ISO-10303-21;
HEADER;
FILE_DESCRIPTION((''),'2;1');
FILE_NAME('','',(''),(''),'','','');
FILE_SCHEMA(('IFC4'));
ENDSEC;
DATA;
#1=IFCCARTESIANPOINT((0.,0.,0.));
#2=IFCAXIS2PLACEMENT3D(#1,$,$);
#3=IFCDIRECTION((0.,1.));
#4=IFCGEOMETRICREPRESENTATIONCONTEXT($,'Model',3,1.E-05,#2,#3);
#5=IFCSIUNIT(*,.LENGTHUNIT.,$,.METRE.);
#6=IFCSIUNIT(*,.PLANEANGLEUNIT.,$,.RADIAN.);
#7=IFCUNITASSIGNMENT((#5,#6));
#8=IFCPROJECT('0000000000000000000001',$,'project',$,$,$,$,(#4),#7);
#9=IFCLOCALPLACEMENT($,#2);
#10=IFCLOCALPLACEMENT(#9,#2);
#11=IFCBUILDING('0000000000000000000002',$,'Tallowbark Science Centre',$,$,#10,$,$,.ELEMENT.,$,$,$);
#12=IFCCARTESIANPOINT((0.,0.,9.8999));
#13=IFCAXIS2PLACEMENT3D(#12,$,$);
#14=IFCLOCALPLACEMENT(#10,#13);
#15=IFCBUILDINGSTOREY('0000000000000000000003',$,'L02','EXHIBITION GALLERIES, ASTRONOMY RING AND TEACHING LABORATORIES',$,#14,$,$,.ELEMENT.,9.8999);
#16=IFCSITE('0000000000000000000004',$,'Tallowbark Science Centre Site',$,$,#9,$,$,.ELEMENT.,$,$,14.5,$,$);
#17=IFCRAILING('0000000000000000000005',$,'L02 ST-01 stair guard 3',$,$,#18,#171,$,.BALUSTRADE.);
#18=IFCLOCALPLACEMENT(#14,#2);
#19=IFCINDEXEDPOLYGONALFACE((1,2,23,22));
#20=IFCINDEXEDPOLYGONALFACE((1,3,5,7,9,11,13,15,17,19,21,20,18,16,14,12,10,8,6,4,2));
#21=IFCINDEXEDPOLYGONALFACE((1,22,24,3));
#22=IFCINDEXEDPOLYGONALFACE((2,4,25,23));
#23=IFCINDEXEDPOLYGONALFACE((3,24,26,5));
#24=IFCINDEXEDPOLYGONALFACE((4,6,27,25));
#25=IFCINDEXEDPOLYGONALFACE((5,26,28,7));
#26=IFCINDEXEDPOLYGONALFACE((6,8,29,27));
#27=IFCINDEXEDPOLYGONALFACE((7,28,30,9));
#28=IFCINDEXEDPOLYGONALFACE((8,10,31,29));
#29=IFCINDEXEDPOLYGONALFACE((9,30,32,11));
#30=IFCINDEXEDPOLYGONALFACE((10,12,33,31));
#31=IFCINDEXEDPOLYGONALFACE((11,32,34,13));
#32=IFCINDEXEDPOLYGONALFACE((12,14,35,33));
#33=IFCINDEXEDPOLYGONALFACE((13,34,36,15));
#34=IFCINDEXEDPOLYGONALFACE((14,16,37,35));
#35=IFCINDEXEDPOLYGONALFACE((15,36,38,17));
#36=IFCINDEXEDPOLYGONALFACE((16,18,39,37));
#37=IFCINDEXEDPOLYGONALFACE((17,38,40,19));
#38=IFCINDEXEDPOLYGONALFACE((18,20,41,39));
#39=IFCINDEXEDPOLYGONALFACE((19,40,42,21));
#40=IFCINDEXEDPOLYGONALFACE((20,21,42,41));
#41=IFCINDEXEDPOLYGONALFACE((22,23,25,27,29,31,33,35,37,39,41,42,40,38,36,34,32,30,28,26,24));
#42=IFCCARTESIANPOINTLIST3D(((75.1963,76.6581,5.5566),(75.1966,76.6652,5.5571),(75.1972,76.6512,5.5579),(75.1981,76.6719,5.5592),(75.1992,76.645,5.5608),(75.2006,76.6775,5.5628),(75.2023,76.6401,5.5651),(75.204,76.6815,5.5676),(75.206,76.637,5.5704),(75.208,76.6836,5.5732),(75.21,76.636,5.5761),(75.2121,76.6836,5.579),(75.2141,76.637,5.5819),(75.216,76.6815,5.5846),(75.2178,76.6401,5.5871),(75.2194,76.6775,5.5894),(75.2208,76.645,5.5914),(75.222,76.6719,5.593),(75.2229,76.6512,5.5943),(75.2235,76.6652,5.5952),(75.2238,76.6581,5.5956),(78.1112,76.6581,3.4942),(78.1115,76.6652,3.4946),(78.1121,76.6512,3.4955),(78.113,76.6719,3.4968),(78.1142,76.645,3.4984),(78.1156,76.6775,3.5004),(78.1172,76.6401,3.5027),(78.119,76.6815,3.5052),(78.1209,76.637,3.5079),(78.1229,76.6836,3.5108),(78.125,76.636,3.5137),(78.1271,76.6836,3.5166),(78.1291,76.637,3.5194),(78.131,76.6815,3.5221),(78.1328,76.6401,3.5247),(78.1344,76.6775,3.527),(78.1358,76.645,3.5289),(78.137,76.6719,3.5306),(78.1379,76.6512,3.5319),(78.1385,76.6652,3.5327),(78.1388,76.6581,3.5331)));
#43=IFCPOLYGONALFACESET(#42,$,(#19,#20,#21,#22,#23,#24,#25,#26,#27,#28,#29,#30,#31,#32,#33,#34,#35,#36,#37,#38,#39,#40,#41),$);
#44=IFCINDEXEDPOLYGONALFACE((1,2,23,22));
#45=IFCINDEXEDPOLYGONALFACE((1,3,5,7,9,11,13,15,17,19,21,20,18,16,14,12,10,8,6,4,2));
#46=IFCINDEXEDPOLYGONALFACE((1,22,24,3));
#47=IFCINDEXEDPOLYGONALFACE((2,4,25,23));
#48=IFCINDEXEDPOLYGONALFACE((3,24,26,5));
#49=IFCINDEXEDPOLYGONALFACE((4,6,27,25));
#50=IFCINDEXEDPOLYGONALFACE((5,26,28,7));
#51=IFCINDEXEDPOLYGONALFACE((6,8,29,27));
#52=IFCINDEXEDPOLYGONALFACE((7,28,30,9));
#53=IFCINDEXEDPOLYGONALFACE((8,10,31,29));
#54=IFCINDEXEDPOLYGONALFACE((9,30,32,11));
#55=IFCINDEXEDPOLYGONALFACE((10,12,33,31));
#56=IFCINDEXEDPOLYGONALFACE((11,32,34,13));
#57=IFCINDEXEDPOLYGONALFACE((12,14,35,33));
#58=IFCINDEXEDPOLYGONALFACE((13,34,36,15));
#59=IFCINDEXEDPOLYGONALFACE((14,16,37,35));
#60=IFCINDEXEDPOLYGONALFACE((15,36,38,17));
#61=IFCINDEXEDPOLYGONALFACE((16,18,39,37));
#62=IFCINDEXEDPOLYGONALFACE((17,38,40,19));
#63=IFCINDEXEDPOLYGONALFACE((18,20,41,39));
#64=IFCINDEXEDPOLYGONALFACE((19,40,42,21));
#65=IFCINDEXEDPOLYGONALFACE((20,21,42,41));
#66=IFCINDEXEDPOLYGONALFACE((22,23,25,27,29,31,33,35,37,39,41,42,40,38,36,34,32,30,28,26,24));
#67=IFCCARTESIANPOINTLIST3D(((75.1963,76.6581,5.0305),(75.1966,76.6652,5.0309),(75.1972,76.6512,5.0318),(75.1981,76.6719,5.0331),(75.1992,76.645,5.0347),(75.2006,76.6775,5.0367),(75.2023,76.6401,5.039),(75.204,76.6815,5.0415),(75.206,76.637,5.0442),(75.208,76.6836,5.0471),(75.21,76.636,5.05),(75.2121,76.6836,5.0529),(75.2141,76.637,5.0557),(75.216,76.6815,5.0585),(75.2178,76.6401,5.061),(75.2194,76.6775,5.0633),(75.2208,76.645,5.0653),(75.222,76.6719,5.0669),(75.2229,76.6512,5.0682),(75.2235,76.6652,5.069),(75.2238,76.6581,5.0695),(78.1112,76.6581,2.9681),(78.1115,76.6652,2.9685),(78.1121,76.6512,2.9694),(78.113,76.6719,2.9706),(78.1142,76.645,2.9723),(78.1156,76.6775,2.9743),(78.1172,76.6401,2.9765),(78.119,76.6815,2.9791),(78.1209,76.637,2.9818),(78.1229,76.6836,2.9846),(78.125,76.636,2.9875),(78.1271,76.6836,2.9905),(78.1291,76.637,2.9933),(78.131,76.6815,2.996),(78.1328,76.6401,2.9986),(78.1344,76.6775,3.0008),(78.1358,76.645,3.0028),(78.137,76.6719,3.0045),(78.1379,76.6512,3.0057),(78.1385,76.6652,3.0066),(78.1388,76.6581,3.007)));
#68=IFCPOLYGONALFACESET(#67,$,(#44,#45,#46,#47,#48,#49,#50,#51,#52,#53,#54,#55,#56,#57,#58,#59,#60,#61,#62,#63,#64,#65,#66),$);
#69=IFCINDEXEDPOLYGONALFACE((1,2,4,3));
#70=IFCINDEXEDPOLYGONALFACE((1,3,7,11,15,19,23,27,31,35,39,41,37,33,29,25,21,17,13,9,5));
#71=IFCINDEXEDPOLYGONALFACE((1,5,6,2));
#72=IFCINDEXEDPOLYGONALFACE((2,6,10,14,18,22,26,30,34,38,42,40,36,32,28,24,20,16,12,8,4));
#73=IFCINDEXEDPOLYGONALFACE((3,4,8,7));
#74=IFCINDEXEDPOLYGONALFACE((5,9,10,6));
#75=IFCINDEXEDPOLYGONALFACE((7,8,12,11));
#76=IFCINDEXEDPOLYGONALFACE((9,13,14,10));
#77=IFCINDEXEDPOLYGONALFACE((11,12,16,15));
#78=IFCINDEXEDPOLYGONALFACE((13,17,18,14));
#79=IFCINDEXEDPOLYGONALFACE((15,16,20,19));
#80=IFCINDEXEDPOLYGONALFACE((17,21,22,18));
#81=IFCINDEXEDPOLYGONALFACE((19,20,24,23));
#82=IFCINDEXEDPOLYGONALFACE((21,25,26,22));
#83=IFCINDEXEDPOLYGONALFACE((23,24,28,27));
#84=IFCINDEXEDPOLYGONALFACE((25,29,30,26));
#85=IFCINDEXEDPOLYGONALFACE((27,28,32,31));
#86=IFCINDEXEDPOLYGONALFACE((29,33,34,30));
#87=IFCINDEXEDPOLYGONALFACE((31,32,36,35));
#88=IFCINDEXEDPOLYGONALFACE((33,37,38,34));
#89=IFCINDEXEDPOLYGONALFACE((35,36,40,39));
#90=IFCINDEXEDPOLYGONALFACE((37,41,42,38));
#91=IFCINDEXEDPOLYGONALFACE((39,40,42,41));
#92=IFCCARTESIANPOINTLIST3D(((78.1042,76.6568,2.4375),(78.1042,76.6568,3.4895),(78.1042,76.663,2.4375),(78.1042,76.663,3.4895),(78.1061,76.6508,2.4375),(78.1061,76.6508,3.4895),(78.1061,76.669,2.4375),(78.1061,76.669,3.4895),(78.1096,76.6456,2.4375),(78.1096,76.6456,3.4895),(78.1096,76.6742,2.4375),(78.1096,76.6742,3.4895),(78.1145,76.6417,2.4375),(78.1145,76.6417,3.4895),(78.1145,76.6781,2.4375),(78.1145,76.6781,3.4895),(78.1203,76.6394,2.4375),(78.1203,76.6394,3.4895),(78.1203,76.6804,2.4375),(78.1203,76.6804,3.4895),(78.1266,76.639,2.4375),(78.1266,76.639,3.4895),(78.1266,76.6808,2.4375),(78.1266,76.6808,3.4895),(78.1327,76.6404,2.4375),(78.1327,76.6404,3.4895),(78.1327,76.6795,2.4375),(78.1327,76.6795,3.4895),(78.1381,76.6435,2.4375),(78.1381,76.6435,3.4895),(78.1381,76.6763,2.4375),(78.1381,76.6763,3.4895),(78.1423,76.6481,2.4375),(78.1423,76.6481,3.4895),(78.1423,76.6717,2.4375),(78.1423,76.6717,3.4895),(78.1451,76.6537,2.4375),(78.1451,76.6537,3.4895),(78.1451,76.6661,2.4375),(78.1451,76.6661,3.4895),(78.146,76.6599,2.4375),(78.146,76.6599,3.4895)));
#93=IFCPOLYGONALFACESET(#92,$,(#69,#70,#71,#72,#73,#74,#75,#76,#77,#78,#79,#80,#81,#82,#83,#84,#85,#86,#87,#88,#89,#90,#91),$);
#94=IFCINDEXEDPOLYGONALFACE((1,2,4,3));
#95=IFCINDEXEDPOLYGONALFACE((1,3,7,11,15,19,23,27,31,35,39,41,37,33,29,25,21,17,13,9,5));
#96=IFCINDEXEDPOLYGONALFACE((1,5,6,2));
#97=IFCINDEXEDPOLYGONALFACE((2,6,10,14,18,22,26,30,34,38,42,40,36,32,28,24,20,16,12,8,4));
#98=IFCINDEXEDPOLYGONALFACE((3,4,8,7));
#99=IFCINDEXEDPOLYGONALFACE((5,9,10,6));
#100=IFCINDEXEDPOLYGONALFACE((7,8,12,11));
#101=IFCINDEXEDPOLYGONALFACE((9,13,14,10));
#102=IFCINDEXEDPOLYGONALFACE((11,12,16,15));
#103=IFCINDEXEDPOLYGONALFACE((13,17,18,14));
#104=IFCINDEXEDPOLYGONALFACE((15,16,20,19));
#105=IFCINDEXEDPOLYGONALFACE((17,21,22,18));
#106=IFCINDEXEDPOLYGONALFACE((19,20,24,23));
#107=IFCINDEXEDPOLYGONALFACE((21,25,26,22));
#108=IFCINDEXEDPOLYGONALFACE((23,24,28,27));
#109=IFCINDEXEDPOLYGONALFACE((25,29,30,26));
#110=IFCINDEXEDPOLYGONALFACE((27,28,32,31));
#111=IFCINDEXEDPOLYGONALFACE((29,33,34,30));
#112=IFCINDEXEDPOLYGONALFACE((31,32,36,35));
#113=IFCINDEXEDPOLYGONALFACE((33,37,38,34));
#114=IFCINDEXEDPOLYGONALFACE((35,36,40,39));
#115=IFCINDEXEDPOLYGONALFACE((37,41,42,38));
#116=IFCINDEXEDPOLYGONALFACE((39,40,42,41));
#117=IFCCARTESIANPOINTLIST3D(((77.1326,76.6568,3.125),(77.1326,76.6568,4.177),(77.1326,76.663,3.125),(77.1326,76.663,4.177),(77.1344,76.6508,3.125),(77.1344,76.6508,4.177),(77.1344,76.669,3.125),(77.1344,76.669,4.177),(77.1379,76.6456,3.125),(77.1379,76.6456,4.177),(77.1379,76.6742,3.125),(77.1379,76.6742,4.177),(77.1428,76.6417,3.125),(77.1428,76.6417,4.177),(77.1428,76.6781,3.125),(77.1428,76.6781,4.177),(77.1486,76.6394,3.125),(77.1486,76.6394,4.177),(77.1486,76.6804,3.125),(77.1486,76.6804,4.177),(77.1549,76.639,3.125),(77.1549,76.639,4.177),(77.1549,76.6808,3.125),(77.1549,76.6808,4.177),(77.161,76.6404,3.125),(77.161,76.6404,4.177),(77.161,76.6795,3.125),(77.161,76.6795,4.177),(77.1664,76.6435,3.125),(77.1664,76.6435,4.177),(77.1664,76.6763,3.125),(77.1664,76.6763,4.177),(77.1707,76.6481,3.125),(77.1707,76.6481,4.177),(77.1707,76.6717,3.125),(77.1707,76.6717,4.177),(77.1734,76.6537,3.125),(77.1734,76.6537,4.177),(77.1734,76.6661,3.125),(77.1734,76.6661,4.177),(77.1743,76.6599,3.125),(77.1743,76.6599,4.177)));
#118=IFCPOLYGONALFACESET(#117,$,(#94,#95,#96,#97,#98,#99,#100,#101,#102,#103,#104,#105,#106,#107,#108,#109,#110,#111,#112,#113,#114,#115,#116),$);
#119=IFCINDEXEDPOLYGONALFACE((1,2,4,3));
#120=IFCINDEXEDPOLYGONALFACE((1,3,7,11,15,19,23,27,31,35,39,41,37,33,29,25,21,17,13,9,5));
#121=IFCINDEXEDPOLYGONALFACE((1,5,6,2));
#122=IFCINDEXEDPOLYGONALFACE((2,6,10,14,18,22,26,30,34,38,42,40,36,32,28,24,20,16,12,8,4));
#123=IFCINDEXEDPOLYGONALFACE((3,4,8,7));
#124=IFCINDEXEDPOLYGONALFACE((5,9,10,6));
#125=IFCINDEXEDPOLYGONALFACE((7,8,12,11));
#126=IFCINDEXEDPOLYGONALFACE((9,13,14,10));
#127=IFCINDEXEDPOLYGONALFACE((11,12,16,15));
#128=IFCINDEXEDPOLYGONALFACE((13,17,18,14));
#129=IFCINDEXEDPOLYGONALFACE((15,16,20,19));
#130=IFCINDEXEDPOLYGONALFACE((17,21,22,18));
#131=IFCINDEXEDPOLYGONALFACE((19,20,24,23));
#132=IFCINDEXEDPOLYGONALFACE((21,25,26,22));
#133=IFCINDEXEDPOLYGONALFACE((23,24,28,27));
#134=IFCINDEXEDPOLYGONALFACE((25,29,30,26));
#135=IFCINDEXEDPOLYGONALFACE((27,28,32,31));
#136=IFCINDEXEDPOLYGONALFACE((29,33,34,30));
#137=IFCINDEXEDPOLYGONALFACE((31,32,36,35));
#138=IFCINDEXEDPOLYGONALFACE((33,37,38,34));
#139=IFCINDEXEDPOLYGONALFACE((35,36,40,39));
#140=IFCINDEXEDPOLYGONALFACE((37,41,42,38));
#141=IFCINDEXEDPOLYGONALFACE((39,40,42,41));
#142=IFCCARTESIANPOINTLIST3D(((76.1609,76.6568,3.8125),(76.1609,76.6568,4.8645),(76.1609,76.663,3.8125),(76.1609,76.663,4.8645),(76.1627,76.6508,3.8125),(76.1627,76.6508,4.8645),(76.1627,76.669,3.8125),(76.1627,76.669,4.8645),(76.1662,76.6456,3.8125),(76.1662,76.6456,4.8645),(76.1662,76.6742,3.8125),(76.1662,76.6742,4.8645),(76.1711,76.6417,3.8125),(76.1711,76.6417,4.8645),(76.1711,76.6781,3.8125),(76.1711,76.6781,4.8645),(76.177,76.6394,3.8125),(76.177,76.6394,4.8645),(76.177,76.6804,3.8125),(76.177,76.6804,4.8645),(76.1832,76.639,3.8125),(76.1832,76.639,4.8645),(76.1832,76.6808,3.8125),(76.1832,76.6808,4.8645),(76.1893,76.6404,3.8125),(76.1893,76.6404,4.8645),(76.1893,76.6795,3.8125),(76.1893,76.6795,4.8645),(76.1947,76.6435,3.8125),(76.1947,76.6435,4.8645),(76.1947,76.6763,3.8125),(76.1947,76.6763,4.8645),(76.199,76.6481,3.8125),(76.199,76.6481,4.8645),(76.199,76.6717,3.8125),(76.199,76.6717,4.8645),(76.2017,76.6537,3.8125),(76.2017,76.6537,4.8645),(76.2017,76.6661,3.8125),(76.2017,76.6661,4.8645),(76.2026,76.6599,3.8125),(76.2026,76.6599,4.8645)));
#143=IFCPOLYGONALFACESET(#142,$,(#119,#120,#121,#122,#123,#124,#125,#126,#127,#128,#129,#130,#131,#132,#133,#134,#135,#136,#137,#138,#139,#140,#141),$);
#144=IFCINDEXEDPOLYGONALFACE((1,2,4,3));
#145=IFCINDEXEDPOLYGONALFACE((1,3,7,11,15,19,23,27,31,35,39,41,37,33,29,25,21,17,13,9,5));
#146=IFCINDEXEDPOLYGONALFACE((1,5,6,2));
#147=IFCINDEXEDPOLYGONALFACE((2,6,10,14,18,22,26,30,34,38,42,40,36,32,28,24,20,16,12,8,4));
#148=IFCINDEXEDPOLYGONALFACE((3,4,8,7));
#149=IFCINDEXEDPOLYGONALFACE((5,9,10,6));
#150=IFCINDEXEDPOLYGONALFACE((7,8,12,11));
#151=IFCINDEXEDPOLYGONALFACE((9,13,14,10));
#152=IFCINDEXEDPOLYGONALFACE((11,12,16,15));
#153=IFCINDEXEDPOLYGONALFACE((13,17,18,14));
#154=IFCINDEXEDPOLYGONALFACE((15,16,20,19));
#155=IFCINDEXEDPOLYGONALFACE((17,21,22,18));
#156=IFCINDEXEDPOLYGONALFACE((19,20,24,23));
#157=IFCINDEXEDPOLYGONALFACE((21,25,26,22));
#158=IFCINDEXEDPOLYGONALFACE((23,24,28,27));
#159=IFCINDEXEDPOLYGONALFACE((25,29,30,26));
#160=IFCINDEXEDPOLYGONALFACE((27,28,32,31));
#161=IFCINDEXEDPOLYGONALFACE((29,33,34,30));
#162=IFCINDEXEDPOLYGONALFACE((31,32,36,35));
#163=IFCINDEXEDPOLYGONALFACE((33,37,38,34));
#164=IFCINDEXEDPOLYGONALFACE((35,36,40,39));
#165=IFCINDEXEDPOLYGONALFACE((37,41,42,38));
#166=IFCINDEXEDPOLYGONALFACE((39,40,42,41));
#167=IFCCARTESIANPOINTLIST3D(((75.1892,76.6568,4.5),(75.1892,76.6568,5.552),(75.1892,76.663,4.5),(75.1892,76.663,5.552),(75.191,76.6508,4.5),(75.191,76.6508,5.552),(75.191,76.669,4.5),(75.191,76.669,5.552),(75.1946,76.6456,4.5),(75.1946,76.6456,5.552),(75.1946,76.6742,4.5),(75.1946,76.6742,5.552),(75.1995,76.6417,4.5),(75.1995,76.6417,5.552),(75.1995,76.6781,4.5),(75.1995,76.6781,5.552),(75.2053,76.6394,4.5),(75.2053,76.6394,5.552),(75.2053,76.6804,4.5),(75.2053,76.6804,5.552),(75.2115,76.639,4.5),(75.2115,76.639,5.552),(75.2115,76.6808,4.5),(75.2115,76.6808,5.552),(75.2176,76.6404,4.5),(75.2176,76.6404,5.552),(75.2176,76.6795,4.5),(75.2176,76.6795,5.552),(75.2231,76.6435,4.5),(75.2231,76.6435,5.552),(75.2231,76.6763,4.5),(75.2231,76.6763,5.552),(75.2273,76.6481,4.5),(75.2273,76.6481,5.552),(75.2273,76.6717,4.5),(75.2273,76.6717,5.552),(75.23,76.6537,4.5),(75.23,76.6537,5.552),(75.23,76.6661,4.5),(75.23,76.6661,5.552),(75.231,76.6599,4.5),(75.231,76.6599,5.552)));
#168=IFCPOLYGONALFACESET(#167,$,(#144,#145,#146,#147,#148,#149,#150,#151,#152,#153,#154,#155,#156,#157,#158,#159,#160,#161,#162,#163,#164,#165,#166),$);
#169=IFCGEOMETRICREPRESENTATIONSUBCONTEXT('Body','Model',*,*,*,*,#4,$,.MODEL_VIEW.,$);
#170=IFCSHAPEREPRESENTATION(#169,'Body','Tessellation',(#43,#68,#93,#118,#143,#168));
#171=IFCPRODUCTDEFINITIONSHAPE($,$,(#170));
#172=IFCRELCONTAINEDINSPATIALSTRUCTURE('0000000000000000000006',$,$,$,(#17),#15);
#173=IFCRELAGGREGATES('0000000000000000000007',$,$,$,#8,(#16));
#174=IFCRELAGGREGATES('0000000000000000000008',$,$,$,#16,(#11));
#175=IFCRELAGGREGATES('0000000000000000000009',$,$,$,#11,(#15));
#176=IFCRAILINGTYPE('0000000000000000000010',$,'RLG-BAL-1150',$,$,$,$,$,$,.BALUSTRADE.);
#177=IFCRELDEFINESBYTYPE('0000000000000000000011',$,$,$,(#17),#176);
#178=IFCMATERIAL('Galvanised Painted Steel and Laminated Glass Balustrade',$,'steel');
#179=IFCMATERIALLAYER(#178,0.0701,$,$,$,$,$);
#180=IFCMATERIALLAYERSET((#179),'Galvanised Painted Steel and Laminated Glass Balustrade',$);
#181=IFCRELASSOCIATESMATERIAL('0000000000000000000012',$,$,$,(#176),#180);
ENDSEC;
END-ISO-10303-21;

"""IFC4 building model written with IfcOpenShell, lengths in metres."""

from ifc_helpers import new_model, si_unit, direction, frame, origin, origin_2d, place, context, subcontext, project, spatial, circle, extrude, material, layer, layer_set, type_object, element, save


model = new_model("IFC4")

# Units and contexts
model_context = context("Model", 3, precision=1e-05, world=origin(), true_north=direction((0.0, 1.0)))
body_context = subcontext(model_context, "Body", "Model", "MODEL_VIEW")
ifc_project = project(units=[si_unit("LENGTHUNIT", "METRE"), si_unit("PLANEANGLEUNIT", "RADIAN")], contexts=[model_context])

# Site, building, storey
site_placement = place(None, origin())
site = spatial("IfcSite", under=ifc_project, at=site_placement, Name="Tallowbark Science Centre Site", CompositionType="ELEMENT", RefElevation=14.5)
building_placement = place(site_placement, origin())
building = spatial("IfcBuilding", under=site, at=building_placement, Name="Tallowbark Science Centre", CompositionType="ELEMENT")
storey_placement = place(building_placement, frame((0.0, 0.0, 9.8999)))
storey = spatial("IfcBuildingStorey", under=building, at=storey_placement, Name="L02", Description="EXHIBITION GALLERIES, ASTRONOMY RING AND TEACHING LABORATORIES", CompositionType="ELEMENT", Elevation=9.8999)

# Railing
ifc_material_1 = material(Name="Galvanised Painted Steel and Laminated Glass Balustrade", Category="steel")
ifc_layer_1 = layer(ifc_material_1, 0.0701)
ifc_layer_set_1 = layer_set([ifc_layer_1], Name="Galvanised Painted Steel and Laminated Glass Balustrade")
railing_type_1 = type_object("IfcRailingType", Name="RLG-BAL-1150", PredefinedType="BALUSTRADE", material=ifc_layer_set_1)
railing_1_placement = place(storey_placement, frame((78.125, 76.6599, 2.4375)))
element("IfcRailing", 1, at=railing_1_placement, inside=storey, type_object=railing_type_1, Name="L02 ST-01 stair guard 3", PredefinedType="BALUSTRADE", context=body_context, shape_type="SweptSolid", body=[
    extrude(circle(Radius=0.0239, at=origin_2d()), frame((0.0, 0.0, 1.0762), z_axis=(-0.816331, 0.0, 0.577585), x_axis=(0.0, -1.0, 0.0)), (0.0, 0.0, 1.0), 3.5708),
    extrude(circle(Radius=0.0239, at=origin_2d()), frame((0.0, 0.0, 0.55), z_axis=(-0.816331, 0.0, 0.577585), x_axis=(0.0, -1.0, 0.0)), (0.0, 0.0, 1.0), 3.5708),
    extrude(circle(Radius=0.021, at=origin_2d()), origin(), (0.0, 0.0, 1.0), 1.052),
    extrude(circle(Radius=0.021, at=origin_2d()), frame((-0.9717, 0.0, 0.6875)), (0.0, 0.0, 1.0), 1.052),
    extrude(circle(Radius=0.021, at=origin_2d()), frame((-1.9434, 0.0, 1.375)), (0.0, 0.0, 1.0), 1.052),
    extrude(circle(Radius=0.021, at=origin_2d()), frame((-2.915, 0.0, 2.0625)), (0.0, 0.0, 1.0), 1.052),
])

save(model, "model.ifc")
